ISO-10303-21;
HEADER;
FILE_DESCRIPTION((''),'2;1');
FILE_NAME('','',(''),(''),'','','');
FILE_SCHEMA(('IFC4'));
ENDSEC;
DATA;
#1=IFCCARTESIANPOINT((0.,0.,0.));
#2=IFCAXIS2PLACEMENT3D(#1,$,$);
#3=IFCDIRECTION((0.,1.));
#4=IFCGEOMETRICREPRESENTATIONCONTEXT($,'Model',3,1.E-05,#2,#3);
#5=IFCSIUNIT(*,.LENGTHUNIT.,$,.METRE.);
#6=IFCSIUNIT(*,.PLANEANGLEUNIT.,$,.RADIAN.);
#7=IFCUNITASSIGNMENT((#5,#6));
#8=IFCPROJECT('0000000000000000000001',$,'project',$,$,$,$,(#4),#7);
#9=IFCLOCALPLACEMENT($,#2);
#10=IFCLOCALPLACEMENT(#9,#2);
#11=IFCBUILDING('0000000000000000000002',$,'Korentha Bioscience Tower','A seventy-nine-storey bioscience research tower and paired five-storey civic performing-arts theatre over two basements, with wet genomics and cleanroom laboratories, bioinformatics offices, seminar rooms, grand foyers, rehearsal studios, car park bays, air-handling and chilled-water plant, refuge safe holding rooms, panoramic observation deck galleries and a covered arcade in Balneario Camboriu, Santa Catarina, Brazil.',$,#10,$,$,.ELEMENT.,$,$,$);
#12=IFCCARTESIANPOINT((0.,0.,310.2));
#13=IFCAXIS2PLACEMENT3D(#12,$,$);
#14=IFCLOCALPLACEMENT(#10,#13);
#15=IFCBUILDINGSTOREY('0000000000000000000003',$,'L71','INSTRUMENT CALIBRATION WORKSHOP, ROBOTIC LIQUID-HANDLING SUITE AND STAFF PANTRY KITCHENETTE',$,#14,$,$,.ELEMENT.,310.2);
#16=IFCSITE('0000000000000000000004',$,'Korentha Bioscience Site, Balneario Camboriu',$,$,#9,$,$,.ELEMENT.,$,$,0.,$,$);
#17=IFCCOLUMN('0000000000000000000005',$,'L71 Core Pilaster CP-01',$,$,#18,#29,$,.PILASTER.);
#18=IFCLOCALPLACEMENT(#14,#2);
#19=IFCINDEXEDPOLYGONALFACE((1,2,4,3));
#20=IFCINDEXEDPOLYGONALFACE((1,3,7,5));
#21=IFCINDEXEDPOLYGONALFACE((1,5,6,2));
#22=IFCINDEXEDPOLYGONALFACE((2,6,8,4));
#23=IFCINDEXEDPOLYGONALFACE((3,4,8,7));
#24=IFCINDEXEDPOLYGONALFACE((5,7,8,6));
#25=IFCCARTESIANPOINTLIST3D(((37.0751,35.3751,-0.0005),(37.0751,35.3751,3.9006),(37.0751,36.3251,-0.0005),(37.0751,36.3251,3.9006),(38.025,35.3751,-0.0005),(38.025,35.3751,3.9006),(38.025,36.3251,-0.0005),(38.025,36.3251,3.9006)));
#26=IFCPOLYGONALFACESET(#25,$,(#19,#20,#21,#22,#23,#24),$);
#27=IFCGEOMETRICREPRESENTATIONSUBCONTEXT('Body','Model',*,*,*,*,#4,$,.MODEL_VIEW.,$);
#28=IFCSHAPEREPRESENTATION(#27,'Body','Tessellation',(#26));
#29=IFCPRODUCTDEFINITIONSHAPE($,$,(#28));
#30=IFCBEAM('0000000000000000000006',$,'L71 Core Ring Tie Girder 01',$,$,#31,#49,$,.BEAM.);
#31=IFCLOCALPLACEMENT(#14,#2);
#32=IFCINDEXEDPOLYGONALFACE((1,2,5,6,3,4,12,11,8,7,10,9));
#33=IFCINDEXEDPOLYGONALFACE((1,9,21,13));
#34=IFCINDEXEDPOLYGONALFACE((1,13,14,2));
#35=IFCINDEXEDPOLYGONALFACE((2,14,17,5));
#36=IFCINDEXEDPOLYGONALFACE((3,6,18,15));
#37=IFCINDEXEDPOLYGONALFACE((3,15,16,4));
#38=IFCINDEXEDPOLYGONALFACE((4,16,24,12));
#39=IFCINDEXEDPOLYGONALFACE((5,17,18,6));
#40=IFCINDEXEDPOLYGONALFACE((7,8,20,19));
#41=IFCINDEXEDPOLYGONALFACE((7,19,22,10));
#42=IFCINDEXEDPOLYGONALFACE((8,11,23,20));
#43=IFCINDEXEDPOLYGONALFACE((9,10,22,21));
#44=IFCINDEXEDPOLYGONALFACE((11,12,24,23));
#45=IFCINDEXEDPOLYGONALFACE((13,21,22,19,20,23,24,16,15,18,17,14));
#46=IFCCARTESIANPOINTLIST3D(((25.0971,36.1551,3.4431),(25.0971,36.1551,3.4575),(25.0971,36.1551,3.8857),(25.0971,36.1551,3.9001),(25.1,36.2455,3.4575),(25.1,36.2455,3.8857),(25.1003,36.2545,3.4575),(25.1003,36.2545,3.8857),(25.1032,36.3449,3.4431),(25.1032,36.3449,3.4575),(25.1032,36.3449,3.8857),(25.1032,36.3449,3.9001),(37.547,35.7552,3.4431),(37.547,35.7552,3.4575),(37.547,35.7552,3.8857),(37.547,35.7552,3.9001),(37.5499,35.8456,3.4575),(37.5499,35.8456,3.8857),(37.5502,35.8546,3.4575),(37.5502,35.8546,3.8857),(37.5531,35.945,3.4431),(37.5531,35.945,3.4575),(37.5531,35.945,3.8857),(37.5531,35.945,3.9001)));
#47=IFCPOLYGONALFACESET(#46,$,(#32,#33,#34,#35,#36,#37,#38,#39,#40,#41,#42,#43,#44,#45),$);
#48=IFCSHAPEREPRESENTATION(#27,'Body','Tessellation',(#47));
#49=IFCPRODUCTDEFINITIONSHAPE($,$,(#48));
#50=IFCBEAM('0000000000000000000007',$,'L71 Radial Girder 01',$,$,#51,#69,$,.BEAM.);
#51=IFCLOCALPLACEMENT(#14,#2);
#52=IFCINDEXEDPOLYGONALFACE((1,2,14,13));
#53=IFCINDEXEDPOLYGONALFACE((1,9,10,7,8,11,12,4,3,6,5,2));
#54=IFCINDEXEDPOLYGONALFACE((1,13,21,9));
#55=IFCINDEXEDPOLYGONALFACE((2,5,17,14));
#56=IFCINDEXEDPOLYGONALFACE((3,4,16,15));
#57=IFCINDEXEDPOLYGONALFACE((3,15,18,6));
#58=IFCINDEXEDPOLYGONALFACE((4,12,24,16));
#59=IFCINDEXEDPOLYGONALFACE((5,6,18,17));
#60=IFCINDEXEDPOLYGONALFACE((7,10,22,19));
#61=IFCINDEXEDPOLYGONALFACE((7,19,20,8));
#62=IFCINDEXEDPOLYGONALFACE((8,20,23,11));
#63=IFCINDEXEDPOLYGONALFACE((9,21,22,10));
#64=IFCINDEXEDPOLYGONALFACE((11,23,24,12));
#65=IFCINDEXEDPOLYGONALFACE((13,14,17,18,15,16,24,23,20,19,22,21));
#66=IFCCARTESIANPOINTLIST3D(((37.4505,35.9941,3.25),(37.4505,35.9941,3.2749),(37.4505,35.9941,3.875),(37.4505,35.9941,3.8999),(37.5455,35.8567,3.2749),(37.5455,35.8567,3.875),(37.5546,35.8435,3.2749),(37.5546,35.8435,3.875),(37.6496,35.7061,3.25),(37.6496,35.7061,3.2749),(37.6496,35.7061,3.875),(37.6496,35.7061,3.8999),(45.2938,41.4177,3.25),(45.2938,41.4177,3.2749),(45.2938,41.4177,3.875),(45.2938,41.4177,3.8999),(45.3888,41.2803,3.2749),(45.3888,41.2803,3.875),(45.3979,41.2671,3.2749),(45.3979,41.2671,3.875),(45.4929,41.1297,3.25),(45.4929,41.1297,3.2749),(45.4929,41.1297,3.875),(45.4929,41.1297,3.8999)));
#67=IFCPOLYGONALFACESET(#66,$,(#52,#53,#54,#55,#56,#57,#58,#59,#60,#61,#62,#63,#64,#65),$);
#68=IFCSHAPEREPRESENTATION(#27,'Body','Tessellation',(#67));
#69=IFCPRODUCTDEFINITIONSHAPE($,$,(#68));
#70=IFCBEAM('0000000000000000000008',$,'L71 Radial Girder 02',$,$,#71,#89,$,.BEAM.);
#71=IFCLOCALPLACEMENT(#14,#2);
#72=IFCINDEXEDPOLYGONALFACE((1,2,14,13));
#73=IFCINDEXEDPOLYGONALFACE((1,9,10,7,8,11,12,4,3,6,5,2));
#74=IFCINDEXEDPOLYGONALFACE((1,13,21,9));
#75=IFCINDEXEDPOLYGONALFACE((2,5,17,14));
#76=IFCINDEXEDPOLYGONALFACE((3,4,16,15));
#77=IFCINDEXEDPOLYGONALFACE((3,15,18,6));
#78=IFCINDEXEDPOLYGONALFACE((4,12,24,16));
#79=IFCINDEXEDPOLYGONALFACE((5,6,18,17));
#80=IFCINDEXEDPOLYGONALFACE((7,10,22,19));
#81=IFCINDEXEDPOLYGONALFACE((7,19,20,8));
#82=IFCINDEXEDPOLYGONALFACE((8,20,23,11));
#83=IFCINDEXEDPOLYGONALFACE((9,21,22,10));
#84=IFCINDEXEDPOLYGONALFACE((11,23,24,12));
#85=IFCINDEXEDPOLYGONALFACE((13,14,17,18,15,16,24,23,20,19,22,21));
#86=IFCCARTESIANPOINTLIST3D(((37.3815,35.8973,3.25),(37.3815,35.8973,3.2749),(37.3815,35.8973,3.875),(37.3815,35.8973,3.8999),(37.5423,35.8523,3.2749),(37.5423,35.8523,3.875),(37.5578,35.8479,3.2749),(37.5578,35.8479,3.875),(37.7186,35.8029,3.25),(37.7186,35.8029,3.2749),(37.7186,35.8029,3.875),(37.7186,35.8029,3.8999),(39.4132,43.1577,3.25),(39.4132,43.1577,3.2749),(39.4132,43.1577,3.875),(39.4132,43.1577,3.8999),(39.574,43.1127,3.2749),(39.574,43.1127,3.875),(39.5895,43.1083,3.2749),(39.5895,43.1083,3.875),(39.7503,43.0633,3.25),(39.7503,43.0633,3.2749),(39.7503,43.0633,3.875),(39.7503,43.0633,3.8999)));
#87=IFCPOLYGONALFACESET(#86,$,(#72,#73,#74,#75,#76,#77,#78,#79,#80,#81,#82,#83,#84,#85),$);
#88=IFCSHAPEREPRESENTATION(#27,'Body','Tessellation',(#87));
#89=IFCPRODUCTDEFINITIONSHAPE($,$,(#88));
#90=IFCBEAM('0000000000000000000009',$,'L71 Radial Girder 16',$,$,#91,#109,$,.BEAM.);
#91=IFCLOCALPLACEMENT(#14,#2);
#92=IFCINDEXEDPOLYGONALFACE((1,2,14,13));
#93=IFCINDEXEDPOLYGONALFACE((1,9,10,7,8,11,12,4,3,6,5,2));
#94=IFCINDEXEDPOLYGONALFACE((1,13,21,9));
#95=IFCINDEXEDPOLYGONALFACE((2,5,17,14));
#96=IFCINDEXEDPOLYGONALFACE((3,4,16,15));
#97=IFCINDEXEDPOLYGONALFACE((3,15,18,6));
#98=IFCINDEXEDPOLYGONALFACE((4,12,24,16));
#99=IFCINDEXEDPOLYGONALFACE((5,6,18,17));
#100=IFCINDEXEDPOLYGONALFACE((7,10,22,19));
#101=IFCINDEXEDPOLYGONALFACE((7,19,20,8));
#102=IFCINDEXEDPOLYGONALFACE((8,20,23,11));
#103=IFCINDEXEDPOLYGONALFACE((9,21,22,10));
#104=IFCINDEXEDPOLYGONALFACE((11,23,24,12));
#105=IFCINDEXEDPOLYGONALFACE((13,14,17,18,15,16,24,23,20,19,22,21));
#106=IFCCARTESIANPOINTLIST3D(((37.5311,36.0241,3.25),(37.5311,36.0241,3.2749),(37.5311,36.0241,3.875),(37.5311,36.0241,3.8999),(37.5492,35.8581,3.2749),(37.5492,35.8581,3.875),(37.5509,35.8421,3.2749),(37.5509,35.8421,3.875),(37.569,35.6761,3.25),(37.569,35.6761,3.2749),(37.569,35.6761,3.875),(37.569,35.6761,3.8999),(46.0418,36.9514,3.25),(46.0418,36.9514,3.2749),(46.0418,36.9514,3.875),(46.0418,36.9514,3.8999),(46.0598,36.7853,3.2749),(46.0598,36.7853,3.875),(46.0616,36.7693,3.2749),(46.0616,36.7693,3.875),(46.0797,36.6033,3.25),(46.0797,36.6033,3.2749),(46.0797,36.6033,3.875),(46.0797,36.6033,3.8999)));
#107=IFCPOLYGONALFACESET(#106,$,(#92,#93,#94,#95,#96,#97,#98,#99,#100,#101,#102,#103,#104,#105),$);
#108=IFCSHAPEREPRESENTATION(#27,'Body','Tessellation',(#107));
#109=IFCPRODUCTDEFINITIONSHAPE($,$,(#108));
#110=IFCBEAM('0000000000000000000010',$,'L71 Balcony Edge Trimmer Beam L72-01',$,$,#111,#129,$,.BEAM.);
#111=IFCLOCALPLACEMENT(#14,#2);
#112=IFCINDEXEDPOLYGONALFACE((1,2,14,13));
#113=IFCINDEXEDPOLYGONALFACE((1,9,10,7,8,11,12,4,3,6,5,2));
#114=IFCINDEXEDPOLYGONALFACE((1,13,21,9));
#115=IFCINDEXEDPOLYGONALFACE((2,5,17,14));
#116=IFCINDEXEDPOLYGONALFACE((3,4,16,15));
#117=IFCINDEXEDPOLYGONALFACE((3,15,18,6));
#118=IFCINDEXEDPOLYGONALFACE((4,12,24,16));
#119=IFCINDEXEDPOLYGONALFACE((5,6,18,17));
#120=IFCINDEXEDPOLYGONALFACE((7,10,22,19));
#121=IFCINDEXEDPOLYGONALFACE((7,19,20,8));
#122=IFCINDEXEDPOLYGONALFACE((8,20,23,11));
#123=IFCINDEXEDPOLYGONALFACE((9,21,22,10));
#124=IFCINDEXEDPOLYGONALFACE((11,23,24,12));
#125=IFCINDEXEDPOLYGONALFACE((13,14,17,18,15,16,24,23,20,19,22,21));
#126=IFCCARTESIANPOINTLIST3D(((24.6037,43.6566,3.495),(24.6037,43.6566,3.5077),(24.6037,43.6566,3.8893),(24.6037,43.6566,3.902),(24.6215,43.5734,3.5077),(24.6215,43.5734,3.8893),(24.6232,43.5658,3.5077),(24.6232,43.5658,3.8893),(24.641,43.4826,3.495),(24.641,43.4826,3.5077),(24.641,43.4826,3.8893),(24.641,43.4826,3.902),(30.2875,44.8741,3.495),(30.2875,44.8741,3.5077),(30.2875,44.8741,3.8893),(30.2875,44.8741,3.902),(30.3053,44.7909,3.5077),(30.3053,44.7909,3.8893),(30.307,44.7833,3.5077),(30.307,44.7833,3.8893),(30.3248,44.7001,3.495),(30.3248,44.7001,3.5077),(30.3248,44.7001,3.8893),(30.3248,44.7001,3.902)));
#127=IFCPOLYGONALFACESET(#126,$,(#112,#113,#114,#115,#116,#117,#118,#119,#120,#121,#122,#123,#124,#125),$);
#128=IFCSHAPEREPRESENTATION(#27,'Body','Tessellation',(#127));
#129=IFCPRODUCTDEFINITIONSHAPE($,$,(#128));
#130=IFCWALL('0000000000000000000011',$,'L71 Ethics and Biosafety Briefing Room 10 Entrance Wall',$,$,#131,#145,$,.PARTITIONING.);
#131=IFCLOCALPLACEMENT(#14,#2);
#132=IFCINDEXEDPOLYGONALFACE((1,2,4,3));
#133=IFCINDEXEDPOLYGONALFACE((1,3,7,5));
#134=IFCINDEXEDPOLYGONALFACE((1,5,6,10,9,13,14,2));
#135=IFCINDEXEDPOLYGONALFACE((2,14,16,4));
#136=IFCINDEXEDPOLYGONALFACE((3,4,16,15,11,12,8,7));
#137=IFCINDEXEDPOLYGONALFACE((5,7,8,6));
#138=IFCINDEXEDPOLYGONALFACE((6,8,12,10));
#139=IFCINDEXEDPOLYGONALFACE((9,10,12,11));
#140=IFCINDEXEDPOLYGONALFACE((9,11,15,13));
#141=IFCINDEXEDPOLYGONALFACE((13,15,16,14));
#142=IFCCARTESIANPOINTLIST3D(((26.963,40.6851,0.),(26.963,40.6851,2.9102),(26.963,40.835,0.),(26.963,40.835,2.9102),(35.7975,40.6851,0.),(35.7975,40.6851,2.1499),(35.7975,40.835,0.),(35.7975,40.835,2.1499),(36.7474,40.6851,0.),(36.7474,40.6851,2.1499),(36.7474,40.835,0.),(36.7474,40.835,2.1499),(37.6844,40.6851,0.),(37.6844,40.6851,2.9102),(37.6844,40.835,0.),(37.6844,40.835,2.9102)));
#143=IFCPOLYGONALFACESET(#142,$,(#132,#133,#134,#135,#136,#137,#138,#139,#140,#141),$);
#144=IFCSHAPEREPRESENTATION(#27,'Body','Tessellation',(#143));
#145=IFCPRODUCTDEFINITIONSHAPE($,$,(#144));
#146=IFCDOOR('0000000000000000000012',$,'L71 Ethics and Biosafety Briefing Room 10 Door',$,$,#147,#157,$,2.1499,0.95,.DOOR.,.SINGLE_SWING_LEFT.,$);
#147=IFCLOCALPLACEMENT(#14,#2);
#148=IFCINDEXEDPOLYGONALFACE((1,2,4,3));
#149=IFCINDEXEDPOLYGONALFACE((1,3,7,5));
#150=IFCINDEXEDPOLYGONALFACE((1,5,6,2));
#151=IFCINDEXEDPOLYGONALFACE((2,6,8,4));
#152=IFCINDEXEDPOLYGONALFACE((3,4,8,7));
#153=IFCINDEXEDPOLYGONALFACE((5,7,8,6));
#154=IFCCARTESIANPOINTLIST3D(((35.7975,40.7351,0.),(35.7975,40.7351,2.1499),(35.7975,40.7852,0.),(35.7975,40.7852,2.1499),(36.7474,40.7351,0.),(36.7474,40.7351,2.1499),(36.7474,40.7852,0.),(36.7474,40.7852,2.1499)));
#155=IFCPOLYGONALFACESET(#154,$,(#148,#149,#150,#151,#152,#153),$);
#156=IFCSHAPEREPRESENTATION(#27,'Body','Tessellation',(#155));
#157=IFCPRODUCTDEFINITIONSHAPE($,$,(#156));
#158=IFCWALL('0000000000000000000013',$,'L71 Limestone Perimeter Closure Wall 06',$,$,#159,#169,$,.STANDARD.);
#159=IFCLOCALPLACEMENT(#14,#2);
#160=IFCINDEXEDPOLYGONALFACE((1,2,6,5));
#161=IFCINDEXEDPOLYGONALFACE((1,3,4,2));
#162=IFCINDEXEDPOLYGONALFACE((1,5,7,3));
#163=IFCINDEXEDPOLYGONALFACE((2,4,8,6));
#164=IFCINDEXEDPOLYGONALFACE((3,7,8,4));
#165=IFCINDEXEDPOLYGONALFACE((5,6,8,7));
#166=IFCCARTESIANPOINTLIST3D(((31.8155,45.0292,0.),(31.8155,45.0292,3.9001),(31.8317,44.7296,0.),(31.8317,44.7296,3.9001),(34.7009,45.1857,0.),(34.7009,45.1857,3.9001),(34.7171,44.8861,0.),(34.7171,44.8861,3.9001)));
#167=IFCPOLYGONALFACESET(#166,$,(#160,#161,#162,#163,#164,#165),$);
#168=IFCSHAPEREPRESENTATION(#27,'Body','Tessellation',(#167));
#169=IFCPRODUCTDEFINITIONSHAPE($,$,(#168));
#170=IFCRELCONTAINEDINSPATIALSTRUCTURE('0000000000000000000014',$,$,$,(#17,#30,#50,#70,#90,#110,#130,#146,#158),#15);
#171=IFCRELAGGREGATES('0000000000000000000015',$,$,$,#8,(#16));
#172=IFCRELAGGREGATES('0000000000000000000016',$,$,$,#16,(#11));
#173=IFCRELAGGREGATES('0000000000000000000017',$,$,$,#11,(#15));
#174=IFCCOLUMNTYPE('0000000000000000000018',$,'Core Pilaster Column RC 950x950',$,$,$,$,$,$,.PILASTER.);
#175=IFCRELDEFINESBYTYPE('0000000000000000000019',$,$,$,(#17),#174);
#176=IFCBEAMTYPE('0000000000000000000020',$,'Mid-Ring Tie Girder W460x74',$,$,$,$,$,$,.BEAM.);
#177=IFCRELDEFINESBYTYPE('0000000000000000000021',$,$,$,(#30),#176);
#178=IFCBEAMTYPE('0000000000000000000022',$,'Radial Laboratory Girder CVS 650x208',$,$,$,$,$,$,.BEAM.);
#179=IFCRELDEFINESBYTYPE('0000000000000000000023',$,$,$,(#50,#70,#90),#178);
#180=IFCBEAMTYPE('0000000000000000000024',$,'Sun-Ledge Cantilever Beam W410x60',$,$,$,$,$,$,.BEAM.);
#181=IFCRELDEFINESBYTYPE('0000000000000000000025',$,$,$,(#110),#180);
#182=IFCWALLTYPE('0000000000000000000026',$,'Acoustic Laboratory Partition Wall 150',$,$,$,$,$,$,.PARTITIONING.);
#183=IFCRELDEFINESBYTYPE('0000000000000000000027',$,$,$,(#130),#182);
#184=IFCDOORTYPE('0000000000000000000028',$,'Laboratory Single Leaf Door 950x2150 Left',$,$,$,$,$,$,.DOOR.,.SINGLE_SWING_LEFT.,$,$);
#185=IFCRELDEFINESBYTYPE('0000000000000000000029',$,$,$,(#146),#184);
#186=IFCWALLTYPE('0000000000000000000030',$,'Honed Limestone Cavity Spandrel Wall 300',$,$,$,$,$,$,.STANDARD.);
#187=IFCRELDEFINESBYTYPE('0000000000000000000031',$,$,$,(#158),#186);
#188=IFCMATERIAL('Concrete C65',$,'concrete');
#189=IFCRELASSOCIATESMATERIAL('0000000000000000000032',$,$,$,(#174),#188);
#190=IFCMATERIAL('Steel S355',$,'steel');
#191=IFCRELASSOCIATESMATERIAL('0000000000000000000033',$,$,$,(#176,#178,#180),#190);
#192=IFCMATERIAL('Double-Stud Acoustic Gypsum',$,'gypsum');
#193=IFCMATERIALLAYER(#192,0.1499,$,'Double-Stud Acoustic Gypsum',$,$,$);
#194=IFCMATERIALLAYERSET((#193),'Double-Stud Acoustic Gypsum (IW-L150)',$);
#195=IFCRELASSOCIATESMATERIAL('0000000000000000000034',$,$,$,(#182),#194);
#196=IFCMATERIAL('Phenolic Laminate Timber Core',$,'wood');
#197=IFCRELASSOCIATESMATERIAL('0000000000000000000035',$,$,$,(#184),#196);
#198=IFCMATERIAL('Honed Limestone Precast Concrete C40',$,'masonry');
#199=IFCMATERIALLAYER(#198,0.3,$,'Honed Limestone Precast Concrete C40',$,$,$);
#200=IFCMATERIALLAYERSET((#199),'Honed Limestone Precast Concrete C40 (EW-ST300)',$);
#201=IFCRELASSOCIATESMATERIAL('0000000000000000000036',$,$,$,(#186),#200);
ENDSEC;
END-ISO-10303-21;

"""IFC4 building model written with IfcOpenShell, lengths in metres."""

from ifc_helpers import new_model, si_unit, direction, frame, frame_2d, origin, origin_2d, place, context, subcontext, project, spatial, rectangle, i_section, extrude, material, layer, layer_set, material_profile, profile_set, type_object, element, fill, save


model = new_model("IFC4")

# Units and contexts
model_context = context("Model", 3, precision=1e-05, world=origin(), true_north=direction((0.0, 1.0)))
body_context = subcontext(model_context, "Body", "Model", "MODEL_VIEW")
ifc_project = project(units=[si_unit("LENGTHUNIT", "METRE"), si_unit("PLANEANGLEUNIT", "RADIAN")], contexts=[model_context])

# Site, building, storey
site_placement = place(None, origin())
site = spatial("IfcSite", under=ifc_project, at=site_placement, Name="Korentha Bioscience Site, Balneario Camboriu", CompositionType="ELEMENT", RefElevation=0.0)
building_placement = place(site_placement, origin())
building = spatial("IfcBuilding", under=site, at=building_placement, Name="Korentha Bioscience Tower", Description="A seventy-nine-storey bioscience research tower and paired five-storey civic performing-arts theatre over two basements, with wet genomics and cleanroom laboratories, bioinformatics offices, seminar rooms, grand foyers, rehearsal studios, car park bays, air-handling and chilled-water plant, refuge safe holding rooms, panoramic observation deck galleries and a covered arcade in Balneario Camboriu, Santa Catarina, Brazil.", CompositionType="ELEMENT")
storey_placement = place(building_placement, frame((0.0, 0.0, 310.2)))
storey = spatial("IfcBuildingStorey", under=building, at=storey_placement, Name="L71", Description="INSTRUMENT CALIBRATION WORKSHOP, ROBOTIC LIQUID-HANDLING SUITE AND STAFF PANTRY KITCHENETTE", CompositionType="ELEMENT", Elevation=310.2)

# Column
ifc_material_1 = material(Name="Concrete C65", Category="concrete")
ifc_material_profile_1 = material_profile(ifc_material_1, rectangle(XDim=0.95, YDim=0.95, at=origin_2d()), Name="Concrete C65")
ifc_profile_set_1 = profile_set([ifc_material_profile_1], Name="Concrete C65 (COL-CP09)")
column_type = type_object("IfcColumnType", Name="Core Pilaster Column RC 950x950", PredefinedType="PILASTER", material=ifc_profile_set_1)
column_placement = place(storey_placement, frame((37.55, 35.8501, -0.0005), z_axis=(0.0, 0.0, 1.0), x_axis=(1.0, 0.0, 0.0)))
element("IfcColumn", 1, at=column_placement, inside=storey, type_object=column_type, Name="L71 Core Pilaster CP-01", PredefinedType="PILASTER", context=body_context, shape_type="SweptSolid", body=[
    extrude(rectangle(XDim=0.95, YDim=0.95, at=origin_2d()), origin(), (0.0, 0.0, 1.0), 3.9011),
])

# Beams
ifc_material_2 = material(Name="Steel S355", Category="steel")
ifc_material_profile_2 = material_profile(ifc_material_2, i_section(OverallWidth=0.1899, OverallDepth=0.457, WebThickness=0.009, FlangeThickness=0.0144, at=origin_2d()), Name="Steel S355")
ifc_profile_set_2 = profile_set([ifc_material_profile_2], Name="Steel S355 (MB-460)")
beam_type_1 = type_object("IfcBeamType", Name="Mid-Ring Tie Girder W460x74", PredefinedType="BEAM", material=ifc_profile_set_2)
beam_1_placement = place(storey_placement, frame((37.55, 35.8501, 3.6716), z_axis=(-0.999485, 0.032104, 0.0), x_axis=(-0.032104, -0.999485, 0.0)))
element("IfcBeam", 2, at=beam_1_placement, inside=storey, type_object=beam_type_1, Name="L71 Core Ring Tie Girder 01", PredefinedType="BEAM", context=body_context, shape_type="SweptSolid", body=[
    extrude(i_section(OverallWidth=0.1899, OverallDepth=0.457, WebThickness=0.009, FlangeThickness=0.0144, at=origin_2d()), origin(), (0.0, 0.0, 1.0), 12.4563),
])
ifc_material_profile_3 = material_profile(ifc_material_2, i_section(OverallWidth=0.3501, OverallDepth=0.6499, WebThickness=0.0161, FlangeThickness=0.0249, at=origin_2d()), Name="Steel S355")
ifc_profile_set_3 = profile_set([ifc_material_profile_3], Name="Steel S355 (RB-650)")
beam_type_2 = type_object("IfcBeamType", Name="Radial Laboratory Girder CVS 650x208", PredefinedType="BEAM", material=ifc_profile_set_3)
beam_2_placement = place(storey_placement, frame((37.55, 35.8501, 3.575), z_axis=(0.822505, 0.568759, 0.0), x_axis=(-0.568759, 0.822505, 0.0)))
element("IfcBeam", 3, at=beam_2_placement, inside=storey, type_object=beam_type_2, Name="L71 Radial Girder 01", PredefinedType="BEAM", context=body_context, shape_type="SweptSolid", body=[
    extrude(i_section(OverallWidth=0.3501, OverallDepth=0.6499, WebThickness=0.0161, FlangeThickness=0.0249, at=origin_2d()), origin(), (0.0, 0.0, 1.0), 9.5359),
])
beam_3_placement = place(storey_placement, frame((37.55, 35.8501, 3.575), z_axis=(0.269482, 0.963005, 0.0), x_axis=(-0.963005, 0.269482, 0.0)))
element("IfcBeam", 4, at=beam_3_placement, inside=storey, type_object=beam_type_2, Name="L71 Radial Girder 02", PredefinedType="BEAM", context=body_context, shape_type="SweptSolid", body=[
    extrude(i_section(OverallWidth=0.3501, OverallDepth=0.6499, WebThickness=0.0161, FlangeThickness=0.0249, at=origin_2d()), origin(), (0.0, 0.0, 1.0), 7.5393),
])
beam_4_placement = place(storey_placement, frame((37.55, 35.8501, 3.575), z_axis=(0.994117, 0.108309, 0.0), x_axis=(-0.108309, 0.994117, 0.0)))
element("IfcBeam", 5, at=beam_4_placement, inside=storey, type_object=beam_type_2, Name="L71 Radial Girder 16", PredefinedType="BEAM", context=body_context, shape_type="SweptSolid", body=[
    extrude(i_section(OverallWidth=0.3501, OverallDepth=0.6499, WebThickness=0.0161, FlangeThickness=0.0249, at=origin_2d()), origin(), (0.0, 0.0, 1.0), 8.561),
])
ifc_material_profile_4 = material_profile(ifc_material_2, i_section(OverallWidth=0.178, OverallDepth=0.407, WebThickness=0.0078, FlangeThickness=0.0127, at=origin_2d()), Name="Steel S355")
ifc_profile_set_4 = profile_set([ifc_material_profile_4], Name="Steel S355 (CB-410)")
beam_type_3 = type_object("IfcBeamType", Name="Sun-Ledge Cantilever Beam W410x60", PredefinedType="BEAM", material=ifc_profile_set_4)
beam_5_placement = place(storey_placement, frame((30.3062, 44.7871, 3.6985), z_axis=(-0.977818, -0.209457, 0.0), x_axis=(0.209457, -0.977818, 0.0)))
element("IfcBeam", 6, at=beam_5_placement, inside=storey, type_object=beam_type_3, Name="L71 Balcony Edge Trimmer Beam L72-01", PredefinedType="BEAM", context=body_context, shape_type="SweptSolid", body=[
    extrude(i_section(OverallWidth=0.178, OverallDepth=0.407, WebThickness=0.0078, FlangeThickness=0.0127, at=origin_2d()), origin(), (0.0, 0.0, 1.0), 5.8127),
])

# Wall, opening, door
ifc_material_3 = material(Name="Double-Stud Acoustic Gypsum", Category="gypsum")
ifc_layer_1 = layer(ifc_material_3, 0.1499, Name="Double-Stud Acoustic Gypsum")
ifc_layer_set_1 = layer_set([ifc_layer_1], Name="Double-Stud Acoustic Gypsum (IW-L150)")
wall_type_1 = type_object("IfcWallType", Name="Acoustic Laboratory Partition Wall 150", PredefinedType="PARTITIONING", material=ifc_layer_set_1)
wall_1_placement = place(storey_placement, frame((37.6846, 40.76, 0.0), z_axis=(0.0, 0.0, 1.0), x_axis=(-1.0, 0.0, 0.0)))
wall_1 = element("IfcWall", 7, at=wall_1_placement, inside=storey, type_object=wall_type_1, Name="L71 Ethics and Biosafety Briefing Room 10 Entrance Wall", PredefinedType="PARTITIONING", context=body_context, shape_type="SweptSolid", body=[
    extrude(rectangle(XDim=10.7214, YDim=0.1499, at=frame_2d((5.3608, 0.0))), origin(), (0.0, 0.0, 1.0), 2.9102),
])
opening_1_placement = place(wall_1_placement, frame((0.937, 0.0, 0.0)))
opening_1 = element("IfcOpeningElement", 8, at=opening_1_placement, cuts=wall_1, PredefinedType="OPENING", context=body_context, shape_type="SweptSolid", body=[
    extrude(rectangle(XDim=0.95, YDim=2.1499, at=frame_2d((0.4751, 1.075))), frame((0.0, 0.0898, 0.0), z_axis=(0.0, -1.0, 0.0), x_axis=(1.0, 0.0, 0.0)), (0.0, 0.0, 1.0), 0.1797),
])
ifc_material_4 = material(Name="Phenolic Laminate Timber Core", Category="wood")
door_type_1 = type_object("IfcDoorType", Name="Laboratory Single Leaf Door 950x2150 Left", OperationType="SINGLE_SWING_LEFT", PredefinedType="DOOR", material=ifc_material_4)
door_1_placement = place(opening_1_placement, origin())
door_1 = element("IfcDoor", 9, at=door_1_placement, inside=storey, type_object=door_type_1, Name="L71 Ethics and Biosafety Briefing Room 10 Door", OperationType="SINGLE_SWING_LEFT", OverallHeight=2.1499, OverallWidth=0.95, PredefinedType="DOOR", context=body_context, shape_type="SweptSolid", body=[
    extrude(rectangle(XDim=0.95, YDim=2.1499, at=frame_2d((0.4751, 1.075))), frame((0.0, 0.0249, 0.0), z_axis=(0.0, -1.0, 0.0), x_axis=(1.0, 0.0, 0.0)), (0.0, 0.0, 1.0), 0.05),
])
fill(opening_1, door_1)
ifc_material_5 = material(Name="Honed Limestone Precast Concrete C40", Category="masonry")
ifc_layer_2 = layer(ifc_material_5, 0.3, Name="Honed Limestone Precast Concrete C40")
ifc_layer_set_2 = layer_set([ifc_layer_2], Name="Honed Limestone Precast Concrete C40 (EW-ST300)")
wall_type_2 = type_object("IfcWallType", Name="Honed Limestone Cavity Spandrel Wall 300", PredefinedType="STANDARD", material=ifc_layer_set_2)

# Wall
wall_2_placement = place(storey_placement, frame((34.709, 45.0359, 0.0), z_axis=(0.0, 0.0, 1.0), x_axis=(-0.998533, -0.054155, 0.0)))
element("IfcWall", 10, at=wall_2_placement, inside=storey, type_object=wall_type_2, Name="L71 Limestone Perimeter Closure Wall 06", PredefinedType="STANDARD", context=body_context, shape_type="SweptSolid", body=[
    extrude(rectangle(XDim=2.8896, YDim=0.3, at=frame_2d((1.4448, 0.0))), origin(), (0.0, 0.0, 1.0), 3.9001),
])

save(model, "model.ifc")
